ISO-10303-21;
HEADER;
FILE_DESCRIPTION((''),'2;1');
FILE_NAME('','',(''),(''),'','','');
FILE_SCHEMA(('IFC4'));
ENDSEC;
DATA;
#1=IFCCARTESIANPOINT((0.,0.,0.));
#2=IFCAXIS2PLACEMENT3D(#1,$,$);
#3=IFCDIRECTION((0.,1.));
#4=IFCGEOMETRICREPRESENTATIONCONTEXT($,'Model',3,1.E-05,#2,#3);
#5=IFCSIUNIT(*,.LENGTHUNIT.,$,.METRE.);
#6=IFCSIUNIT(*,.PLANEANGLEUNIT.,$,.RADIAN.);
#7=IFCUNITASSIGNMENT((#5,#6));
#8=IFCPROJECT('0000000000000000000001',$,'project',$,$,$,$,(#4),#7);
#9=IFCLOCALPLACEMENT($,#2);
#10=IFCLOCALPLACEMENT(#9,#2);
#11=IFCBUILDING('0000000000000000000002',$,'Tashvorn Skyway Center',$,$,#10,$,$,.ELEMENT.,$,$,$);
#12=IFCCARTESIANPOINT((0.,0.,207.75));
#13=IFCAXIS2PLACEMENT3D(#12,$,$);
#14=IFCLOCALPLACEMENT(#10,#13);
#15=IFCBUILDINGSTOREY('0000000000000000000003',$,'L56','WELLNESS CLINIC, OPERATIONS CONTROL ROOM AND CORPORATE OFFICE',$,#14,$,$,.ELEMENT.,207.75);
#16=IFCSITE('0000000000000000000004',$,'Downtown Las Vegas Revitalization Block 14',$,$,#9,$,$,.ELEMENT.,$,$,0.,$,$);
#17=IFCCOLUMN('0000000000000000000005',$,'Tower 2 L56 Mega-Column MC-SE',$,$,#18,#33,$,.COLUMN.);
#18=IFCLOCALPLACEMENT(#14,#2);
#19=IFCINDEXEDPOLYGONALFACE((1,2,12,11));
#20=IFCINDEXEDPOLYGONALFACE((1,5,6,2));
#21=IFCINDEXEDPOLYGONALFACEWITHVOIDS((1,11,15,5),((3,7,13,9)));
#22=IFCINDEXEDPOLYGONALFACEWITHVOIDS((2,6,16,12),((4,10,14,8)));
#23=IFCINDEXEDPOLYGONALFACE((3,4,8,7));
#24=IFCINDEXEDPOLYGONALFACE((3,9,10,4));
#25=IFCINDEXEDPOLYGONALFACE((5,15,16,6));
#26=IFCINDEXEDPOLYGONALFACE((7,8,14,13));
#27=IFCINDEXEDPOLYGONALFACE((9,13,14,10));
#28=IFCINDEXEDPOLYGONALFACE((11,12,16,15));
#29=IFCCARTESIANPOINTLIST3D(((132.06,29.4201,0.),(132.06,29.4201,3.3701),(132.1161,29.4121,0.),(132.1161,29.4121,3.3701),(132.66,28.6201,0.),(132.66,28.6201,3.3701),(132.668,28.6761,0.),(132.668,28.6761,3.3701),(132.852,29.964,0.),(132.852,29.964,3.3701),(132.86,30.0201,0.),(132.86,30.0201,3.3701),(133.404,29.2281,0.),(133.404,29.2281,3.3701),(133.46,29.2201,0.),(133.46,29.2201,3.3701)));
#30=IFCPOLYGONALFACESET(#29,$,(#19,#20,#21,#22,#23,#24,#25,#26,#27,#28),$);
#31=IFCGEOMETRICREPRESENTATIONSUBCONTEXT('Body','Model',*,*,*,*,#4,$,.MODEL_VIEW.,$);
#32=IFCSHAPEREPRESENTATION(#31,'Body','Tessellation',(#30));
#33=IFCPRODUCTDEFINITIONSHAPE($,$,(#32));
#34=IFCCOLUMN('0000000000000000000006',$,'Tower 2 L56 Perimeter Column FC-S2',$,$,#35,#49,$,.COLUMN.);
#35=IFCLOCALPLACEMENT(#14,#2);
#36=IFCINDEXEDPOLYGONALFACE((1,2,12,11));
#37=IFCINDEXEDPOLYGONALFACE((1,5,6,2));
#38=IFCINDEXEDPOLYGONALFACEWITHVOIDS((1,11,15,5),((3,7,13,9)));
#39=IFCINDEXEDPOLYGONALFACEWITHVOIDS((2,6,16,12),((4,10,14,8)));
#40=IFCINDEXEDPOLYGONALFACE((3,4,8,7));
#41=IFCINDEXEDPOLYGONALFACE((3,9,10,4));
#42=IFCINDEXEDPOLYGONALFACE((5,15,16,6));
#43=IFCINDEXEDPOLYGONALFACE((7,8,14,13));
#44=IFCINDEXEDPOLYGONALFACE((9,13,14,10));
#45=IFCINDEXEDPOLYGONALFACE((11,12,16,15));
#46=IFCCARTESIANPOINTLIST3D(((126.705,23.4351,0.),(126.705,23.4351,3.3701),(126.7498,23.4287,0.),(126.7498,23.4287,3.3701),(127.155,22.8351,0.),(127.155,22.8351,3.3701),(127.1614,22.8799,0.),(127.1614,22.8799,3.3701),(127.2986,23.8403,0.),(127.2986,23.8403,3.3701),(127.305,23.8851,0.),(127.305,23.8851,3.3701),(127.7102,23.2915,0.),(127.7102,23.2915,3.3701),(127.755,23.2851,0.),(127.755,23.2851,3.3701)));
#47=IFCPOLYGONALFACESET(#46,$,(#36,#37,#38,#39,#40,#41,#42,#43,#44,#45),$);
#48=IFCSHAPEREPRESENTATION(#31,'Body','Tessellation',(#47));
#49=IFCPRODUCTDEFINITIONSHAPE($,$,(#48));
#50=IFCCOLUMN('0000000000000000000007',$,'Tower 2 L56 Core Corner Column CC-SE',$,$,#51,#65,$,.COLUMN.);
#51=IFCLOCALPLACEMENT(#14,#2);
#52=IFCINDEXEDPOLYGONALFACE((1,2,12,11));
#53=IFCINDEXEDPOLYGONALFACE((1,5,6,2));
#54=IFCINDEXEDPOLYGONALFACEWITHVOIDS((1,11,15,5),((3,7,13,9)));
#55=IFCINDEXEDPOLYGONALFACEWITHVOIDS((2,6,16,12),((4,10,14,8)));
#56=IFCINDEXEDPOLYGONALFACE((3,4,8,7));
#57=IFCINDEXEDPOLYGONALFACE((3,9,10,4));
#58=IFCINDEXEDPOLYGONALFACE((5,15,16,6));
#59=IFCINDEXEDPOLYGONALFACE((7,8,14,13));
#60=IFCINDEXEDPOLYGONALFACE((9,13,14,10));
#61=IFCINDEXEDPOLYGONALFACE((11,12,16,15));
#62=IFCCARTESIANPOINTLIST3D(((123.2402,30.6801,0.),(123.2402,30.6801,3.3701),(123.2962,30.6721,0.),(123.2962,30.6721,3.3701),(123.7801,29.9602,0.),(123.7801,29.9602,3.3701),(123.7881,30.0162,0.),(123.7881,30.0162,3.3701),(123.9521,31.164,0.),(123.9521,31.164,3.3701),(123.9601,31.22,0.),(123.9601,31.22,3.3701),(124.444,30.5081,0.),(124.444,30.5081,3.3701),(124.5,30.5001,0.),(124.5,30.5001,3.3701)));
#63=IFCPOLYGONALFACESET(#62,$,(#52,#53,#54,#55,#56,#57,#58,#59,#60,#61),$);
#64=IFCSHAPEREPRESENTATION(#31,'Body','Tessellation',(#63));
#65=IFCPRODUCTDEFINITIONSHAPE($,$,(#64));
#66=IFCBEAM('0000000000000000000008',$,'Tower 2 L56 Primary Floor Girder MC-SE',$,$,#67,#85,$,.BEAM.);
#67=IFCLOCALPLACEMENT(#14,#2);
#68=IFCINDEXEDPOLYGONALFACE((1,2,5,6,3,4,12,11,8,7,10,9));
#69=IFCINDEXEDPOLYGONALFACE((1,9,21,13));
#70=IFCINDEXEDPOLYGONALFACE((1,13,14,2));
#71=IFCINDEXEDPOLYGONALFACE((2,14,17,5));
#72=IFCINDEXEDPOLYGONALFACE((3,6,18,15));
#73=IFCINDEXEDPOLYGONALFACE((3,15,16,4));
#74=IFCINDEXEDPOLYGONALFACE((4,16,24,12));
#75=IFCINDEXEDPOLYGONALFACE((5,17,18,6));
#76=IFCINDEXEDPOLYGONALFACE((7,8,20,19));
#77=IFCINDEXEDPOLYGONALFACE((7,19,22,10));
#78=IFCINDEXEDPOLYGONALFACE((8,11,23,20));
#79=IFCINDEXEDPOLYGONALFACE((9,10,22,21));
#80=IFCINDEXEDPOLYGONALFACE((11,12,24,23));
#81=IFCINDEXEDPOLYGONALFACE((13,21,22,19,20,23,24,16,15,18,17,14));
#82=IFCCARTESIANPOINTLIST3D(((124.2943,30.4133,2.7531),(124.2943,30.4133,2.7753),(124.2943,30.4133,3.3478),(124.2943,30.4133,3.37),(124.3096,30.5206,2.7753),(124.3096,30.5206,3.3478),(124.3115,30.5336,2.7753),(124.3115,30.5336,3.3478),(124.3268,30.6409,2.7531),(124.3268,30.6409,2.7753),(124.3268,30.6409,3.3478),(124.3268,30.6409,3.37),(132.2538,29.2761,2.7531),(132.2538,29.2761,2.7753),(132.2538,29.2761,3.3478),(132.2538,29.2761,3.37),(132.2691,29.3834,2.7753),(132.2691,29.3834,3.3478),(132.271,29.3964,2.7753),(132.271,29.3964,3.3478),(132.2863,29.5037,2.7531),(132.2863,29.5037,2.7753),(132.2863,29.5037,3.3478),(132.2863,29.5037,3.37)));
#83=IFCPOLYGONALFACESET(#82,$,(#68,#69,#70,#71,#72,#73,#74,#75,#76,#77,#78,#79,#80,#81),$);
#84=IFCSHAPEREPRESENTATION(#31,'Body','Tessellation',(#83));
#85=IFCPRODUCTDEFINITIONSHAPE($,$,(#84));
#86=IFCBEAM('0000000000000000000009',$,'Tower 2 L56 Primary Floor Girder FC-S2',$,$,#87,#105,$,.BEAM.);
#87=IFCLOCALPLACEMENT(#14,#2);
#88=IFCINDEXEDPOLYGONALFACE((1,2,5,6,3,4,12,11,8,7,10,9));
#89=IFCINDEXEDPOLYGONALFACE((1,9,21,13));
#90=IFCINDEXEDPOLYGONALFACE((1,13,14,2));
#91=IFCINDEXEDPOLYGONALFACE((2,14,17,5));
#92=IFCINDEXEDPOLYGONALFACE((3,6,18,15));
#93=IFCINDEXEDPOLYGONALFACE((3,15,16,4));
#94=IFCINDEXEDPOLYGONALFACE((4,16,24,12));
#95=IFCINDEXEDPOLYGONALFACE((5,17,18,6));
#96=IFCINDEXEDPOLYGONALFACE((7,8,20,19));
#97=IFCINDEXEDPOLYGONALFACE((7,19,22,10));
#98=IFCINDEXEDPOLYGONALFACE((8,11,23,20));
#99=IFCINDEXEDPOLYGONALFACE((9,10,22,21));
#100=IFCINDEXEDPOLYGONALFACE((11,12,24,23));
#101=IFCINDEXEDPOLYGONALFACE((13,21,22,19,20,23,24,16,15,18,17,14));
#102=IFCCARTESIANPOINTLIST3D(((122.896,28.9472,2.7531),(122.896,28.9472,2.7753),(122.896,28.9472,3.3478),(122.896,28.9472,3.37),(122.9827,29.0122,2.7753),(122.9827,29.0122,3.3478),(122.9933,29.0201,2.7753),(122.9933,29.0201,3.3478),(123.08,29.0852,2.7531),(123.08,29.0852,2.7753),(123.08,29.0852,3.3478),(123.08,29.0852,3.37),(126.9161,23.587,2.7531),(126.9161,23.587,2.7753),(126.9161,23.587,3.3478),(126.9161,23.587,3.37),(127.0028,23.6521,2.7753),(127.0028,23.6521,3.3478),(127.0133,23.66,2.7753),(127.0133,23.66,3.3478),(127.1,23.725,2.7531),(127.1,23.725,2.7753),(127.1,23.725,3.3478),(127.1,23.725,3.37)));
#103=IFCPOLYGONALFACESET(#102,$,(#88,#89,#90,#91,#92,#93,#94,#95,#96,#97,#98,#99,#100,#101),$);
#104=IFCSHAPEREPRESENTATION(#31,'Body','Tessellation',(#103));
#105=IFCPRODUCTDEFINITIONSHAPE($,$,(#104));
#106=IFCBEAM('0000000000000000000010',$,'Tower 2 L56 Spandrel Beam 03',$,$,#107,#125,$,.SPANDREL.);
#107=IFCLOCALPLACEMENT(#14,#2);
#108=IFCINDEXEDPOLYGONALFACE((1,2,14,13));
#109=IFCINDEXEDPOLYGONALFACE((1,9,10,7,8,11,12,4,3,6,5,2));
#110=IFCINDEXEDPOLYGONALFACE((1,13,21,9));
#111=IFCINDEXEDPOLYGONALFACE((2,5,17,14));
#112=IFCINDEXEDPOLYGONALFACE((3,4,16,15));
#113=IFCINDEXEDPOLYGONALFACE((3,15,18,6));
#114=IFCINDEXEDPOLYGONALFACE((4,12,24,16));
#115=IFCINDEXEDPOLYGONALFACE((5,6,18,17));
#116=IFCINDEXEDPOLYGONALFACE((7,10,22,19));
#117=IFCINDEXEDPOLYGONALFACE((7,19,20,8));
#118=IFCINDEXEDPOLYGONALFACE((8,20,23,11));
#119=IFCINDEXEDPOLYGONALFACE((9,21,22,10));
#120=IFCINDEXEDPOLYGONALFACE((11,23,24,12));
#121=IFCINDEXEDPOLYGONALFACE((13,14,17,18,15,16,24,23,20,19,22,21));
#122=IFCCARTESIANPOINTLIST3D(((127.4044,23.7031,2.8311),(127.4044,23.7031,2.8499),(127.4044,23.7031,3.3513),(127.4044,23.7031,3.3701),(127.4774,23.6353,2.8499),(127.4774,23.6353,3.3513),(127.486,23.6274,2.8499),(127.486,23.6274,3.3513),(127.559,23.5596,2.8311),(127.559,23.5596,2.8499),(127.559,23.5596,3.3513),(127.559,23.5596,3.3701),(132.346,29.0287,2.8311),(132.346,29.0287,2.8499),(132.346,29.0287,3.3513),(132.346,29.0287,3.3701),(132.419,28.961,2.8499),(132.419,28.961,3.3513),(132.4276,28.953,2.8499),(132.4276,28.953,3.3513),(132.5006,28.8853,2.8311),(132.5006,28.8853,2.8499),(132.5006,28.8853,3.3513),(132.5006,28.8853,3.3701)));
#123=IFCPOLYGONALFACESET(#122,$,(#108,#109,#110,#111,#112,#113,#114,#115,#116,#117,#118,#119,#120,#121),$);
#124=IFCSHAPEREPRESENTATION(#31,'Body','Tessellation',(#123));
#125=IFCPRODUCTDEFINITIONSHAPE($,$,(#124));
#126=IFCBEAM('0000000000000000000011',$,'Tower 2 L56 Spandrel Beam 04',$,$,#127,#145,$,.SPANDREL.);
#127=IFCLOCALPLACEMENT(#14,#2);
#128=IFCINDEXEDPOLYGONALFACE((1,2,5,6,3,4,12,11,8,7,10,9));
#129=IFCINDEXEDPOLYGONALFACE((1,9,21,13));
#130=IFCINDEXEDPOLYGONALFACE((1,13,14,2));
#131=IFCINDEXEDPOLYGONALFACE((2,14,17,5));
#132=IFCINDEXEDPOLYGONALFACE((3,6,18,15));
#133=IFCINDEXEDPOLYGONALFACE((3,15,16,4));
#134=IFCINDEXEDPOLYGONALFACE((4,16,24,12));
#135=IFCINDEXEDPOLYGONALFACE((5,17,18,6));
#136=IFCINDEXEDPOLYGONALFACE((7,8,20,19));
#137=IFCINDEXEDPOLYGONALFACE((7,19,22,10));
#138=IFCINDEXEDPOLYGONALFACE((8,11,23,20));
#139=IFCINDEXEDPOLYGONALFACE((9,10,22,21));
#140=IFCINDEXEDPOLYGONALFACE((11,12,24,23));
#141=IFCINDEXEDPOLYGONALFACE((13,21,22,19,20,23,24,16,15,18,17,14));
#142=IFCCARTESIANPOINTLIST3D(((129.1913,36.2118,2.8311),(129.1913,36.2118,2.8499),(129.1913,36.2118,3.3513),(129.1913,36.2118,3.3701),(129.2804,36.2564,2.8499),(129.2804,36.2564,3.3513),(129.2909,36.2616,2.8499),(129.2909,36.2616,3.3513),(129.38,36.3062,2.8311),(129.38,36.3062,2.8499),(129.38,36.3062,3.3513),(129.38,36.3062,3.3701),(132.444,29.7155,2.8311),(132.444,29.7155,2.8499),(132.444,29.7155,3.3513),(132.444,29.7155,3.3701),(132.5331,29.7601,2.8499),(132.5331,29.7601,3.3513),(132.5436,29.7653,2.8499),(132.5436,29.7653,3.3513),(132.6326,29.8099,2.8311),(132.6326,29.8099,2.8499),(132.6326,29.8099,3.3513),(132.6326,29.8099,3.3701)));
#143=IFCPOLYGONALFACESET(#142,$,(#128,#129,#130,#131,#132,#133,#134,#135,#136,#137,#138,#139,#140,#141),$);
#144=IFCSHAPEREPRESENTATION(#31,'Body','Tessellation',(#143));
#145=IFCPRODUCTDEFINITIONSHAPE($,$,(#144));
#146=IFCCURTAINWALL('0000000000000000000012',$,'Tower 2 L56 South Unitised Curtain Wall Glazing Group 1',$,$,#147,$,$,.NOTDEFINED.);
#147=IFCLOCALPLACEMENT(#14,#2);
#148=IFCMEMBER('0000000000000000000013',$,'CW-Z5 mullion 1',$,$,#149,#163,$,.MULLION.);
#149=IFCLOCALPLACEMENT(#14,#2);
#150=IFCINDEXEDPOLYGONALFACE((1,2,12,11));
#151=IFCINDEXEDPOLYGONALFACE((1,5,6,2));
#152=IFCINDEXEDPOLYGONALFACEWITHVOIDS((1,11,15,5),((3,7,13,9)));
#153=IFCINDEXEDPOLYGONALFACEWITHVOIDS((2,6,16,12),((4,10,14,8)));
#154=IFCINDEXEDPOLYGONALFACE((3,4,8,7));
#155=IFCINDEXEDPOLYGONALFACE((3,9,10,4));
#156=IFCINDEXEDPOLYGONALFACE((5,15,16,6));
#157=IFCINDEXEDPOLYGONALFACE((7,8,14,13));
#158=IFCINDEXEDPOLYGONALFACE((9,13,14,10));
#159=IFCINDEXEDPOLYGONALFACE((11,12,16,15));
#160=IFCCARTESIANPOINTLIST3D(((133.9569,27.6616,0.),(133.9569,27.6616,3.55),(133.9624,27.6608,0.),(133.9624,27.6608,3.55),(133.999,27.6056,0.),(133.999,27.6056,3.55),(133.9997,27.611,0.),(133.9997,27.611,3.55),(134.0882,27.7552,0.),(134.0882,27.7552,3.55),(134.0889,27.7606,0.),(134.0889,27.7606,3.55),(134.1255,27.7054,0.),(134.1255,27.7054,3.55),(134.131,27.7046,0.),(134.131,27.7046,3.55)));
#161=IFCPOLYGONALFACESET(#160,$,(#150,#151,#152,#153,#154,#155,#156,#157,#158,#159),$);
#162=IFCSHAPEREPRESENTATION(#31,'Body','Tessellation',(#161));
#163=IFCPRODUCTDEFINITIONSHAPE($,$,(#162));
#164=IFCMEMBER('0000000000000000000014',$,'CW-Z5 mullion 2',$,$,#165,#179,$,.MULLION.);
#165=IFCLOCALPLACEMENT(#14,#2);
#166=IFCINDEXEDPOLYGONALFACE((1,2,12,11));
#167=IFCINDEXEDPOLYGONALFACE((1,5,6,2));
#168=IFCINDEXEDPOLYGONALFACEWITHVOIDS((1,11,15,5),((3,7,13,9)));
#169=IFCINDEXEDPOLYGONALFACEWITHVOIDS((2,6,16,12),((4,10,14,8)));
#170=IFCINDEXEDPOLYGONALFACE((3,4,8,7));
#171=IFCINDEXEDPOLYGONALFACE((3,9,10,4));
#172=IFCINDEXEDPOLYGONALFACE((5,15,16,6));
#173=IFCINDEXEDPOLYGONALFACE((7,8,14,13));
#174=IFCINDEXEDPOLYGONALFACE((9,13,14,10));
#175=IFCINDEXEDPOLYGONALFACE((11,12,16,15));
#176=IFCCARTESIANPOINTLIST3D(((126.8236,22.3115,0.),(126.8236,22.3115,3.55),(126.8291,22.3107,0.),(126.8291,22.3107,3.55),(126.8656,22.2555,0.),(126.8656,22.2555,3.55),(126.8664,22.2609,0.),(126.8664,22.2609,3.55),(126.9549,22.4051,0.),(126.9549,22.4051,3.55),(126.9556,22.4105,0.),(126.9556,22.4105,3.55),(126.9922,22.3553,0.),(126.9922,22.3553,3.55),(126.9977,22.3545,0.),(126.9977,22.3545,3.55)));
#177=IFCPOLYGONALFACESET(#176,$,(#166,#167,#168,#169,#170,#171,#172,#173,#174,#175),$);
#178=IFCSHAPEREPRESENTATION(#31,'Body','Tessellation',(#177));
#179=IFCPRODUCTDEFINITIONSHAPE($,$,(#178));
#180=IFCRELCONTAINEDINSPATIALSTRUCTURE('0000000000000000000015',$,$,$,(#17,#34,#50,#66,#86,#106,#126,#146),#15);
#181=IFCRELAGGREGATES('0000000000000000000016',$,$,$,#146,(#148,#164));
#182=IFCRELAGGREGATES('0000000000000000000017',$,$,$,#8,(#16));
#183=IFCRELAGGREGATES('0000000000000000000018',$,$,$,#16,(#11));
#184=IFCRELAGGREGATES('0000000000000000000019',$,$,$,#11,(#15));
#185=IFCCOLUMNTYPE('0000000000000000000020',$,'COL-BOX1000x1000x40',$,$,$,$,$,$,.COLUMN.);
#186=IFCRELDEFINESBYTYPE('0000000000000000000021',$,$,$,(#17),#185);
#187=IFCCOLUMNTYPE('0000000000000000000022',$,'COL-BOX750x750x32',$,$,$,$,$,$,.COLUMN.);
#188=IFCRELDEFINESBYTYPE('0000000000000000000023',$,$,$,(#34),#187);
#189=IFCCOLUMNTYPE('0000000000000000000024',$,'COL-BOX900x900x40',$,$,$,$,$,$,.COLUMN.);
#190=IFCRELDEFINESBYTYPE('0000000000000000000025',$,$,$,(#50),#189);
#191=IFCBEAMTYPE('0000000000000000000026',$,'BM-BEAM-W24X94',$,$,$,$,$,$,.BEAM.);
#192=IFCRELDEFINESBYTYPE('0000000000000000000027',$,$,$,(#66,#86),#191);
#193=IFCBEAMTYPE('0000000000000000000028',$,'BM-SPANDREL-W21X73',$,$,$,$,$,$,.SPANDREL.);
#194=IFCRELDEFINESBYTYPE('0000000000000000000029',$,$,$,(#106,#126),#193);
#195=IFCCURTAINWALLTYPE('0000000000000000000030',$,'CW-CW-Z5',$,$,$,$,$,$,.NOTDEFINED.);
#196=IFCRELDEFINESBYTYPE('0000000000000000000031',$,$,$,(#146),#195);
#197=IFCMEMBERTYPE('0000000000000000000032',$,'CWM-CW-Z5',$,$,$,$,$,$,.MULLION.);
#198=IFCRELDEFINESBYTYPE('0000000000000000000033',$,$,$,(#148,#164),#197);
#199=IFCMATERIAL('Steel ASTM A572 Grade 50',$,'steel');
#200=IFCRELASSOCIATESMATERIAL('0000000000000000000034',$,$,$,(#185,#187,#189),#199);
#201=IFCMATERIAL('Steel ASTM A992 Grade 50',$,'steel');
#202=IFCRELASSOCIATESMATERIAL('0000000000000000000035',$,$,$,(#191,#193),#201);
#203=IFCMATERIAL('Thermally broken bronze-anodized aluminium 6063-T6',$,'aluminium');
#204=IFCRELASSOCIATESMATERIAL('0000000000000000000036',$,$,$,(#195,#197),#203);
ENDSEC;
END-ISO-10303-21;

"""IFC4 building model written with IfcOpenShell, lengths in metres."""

from ifc_helpers import new_model, si_unit, direction, frame, origin, origin_2d, place, context, subcontext, project, spatial, hollow_rectangle, i_section, extrude, material, material_profile, profile_set, type_object, element, aggregate, save


model = new_model("IFC4")

# Units and contexts
model_context = context("Model", 3, precision=1e-05, world=origin(), true_north=direction((0.0, 1.0)))
body_context = subcontext(model_context, "Body", "Model", "MODEL_VIEW")
ifc_project = project(units=[si_unit("LENGTHUNIT", "METRE"), si_unit("PLANEANGLEUNIT", "RADIAN")], contexts=[model_context])

# Site, building, storey
site_placement = place(None, origin())
site = spatial("IfcSite", under=ifc_project, at=site_placement, Name="Downtown Las Vegas Revitalization Block 14", CompositionType="ELEMENT", RefElevation=0.0)
building_placement = place(site_placement, origin())
building = spatial("IfcBuilding", under=site, at=building_placement, Name="Tashvorn Skyway Center", CompositionType="ELEMENT")
storey_placement = place(building_placement, frame((0.0, 0.0, 207.75)))
storey = spatial("IfcBuildingStorey", under=building, at=storey_placement, Name="L56", Description="WELLNESS CLINIC, OPERATIONS CONTROL ROOM AND CORPORATE OFFICE", CompositionType="ELEMENT", Elevation=207.75)

# Columns
ifc_material_1 = material(Name="Steel ASTM A572 Grade 50", Category="steel")
ifc_material_profile_1 = material_profile(ifc_material_1, hollow_rectangle(XDim=1.0, YDim=1.0, WallThickness=0.04, at=origin_2d()), Name="BOX1000x1000x40")
ifc_profile_set_1 = profile_set([ifc_material_profile_1], Name="Steel ASTM A572 Grade 50")
column_type_1 = type_object("IfcColumnType", Name="COL-BOX1000x1000x40", PredefinedType="COLUMN", material=ifc_profile_set_1)
column_1_placement = place(storey_placement, frame((132.76, 29.3201, 0.0), z_axis=(0.0, 0.0, 1.0), x_axis=(0.8, 0.6, 0.0)))
element("IfcColumn", 1, at=column_1_placement, inside=storey, type_object=column_type_1, Name="Tower 2 L56 Mega-Column MC-SE", PredefinedType="COLUMN", context=body_context, shape_type="SweptSolid", body=[
    extrude(hollow_rectangle(XDim=1.0, YDim=1.0, WallThickness=0.04, at=origin_2d()), origin(), (0.0, 0.0, 1.0), 3.3701),
])
ifc_material_profile_2 = material_profile(ifc_material_1, hollow_rectangle(XDim=0.75, YDim=0.75, WallThickness=0.032, at=origin_2d()), Name="BOX750x750x32")
ifc_profile_set_2 = profile_set([ifc_material_profile_2], Name="Steel ASTM A572 Grade 50")
column_type_2 = type_object("IfcColumnType", Name="COL-BOX750x750x32", PredefinedType="COLUMN", material=ifc_profile_set_2)
column_2_placement = place(storey_placement, frame((127.23, 23.3601, 0.0), z_axis=(0.0, 0.0, 1.0), x_axis=(0.8, 0.6, 0.0)))
element("IfcColumn", 2, at=column_2_placement, inside=storey, type_object=column_type_2, Name="Tower 2 L56 Perimeter Column FC-S2", PredefinedType="COLUMN", context=body_context, shape_type="SweptSolid", body=[
    extrude(hollow_rectangle(XDim=0.75, YDim=0.75, WallThickness=0.032, at=origin_2d()), origin(), (0.0, 0.0, 1.0), 3.3701),
])
ifc_material_profile_3 = material_profile(ifc_material_1, hollow_rectangle(XDim=0.8999, YDim=0.8999, WallThickness=0.04, at=origin_2d()), Name="BOX900x900x40")
ifc_profile_set_3 = profile_set([ifc_material_profile_3], Name="Steel ASTM A572 Grade 50")
column_type_3 = type_object("IfcColumnType", Name="COL-BOX900x900x40", PredefinedType="COLUMN", material=ifc_profile_set_3)
column_3_placement = place(storey_placement, frame((123.8701, 30.5901, 0.0), z_axis=(0.0, 0.0, 1.0), x_axis=(0.8, 0.6, 0.0)))
element("IfcColumn", 3, at=column_3_placement, inside=storey, type_object=column_type_3, Name="Tower 2 L56 Core Corner Column CC-SE", PredefinedType="COLUMN", context=body_context, shape_type="SweptSolid", body=[
    extrude(hollow_rectangle(XDim=0.8999, YDim=0.8999, WallThickness=0.04, at=origin_2d()), origin(), (0.0, 0.0, 1.0), 3.3701),
])

# Beams
ifc_material_2 = material(Name="Steel ASTM A992 Grade 50", Category="steel")
ifc_material_profile_4 = material_profile(ifc_material_2, i_section(OverallWidth=0.23, OverallDepth=0.6169, WebThickness=0.0132, FlangeThickness=0.0222, at=origin_2d()), Name="W24X94")
ifc_profile_set_4 = profile_set([ifc_material_profile_4], Name="Steel ASTM A992 Grade 50")
beam_type_1 = type_object("IfcBeamType", Name="BM-BEAM-W24X94", PredefinedType="BEAM", material=ifc_profile_set_4)
beam_1_placement = place(storey_placement, frame((132.27, 29.3899, 3.0615), z_axis=(-0.989947, 0.141438, 0.0), x_axis=(-0.141438, -0.989947, 0.0)))
element("IfcBeam", 4, at=beam_1_placement, inside=storey, type_object=beam_type_1, Name="Tower 2 L56 Primary Floor Girder MC-SE", PredefinedType="BEAM", context=body_context, shape_type="SweptSolid", body=[
    extrude(i_section(OverallWidth=0.23, OverallDepth=0.6169, WebThickness=0.0132, FlangeThickness=0.0222, at=origin_2d()), origin(), (0.0, 0.0, 1.0), 8.0403),
])
beam_2_placement = place(storey_placement, frame((127.0081, 23.656, 3.0615), z_axis=(-0.599994, 0.800004, 0.0), x_axis=(-0.800004, -0.599994, 0.0)))
element("IfcBeam", 5, at=beam_2_placement, inside=storey, type_object=beam_type_1, Name="Tower 2 L56 Primary Floor Girder FC-S2", PredefinedType="BEAM", context=body_context, shape_type="SweptSolid", body=[
    extrude(i_section(OverallWidth=0.23, OverallDepth=0.6169, WebThickness=0.0132, FlangeThickness=0.0222, at=origin_2d()), origin(), (0.0, 0.0, 1.0), 6.7002),
])
ifc_material_profile_5 = material_profile(ifc_material_2, i_section(OverallWidth=0.2109, OverallDepth=0.5391, WebThickness=0.0117, FlangeThickness=0.0188, at=origin_2d()), Name="W21X73")
ifc_profile_set_5 = profile_set([ifc_material_profile_5], Name="Steel ASTM A992 Grade 50")
beam_type_2 = type_object("IfcBeamType", Name="BM-SPANDREL-W21X73", PredefinedType="SPANDREL", material=ifc_profile_set_5)
for number, where, z_axis, x_axis, name in (
    (6, (127.4817, 23.6313, 3.1006), (0.680183, 0.733042, 0.0), (-0.733042, 0.680183, 0.0), "Tower 2 L56 Spandrel Beam 03"),
    (7, (132.5383, 29.7627, 3.1006), (-0.447711, 0.894178, 0.0), (-0.894178, -0.447711, 0.0), "Tower 2 L56 Spandrel Beam 04"),
):
    element("IfcBeam", number, at=place(storey_placement, frame(where, z_axis=z_axis, x_axis=x_axis)), inside=storey, type_object=beam_type_2, Name=name, PredefinedType="SPANDREL", context=body_context, shape_type="SweptSolid", body=[
        extrude(i_section(OverallWidth=0.2109, OverallDepth=0.5391, WebThickness=0.0117, FlangeThickness=0.0188, at=origin_2d()), origin(), (0.0, 0.0, 1.0), 7.2651),
    ])

# Curtain wall, members
ifc_material_3 = material(Name="Thermally broken bronze-anodized aluminium 6063-T6", Category="aluminium")
curtain_wall_type = type_object("IfcCurtainWallType", Name="CW-CW-Z5", PredefinedType="NOTDEFINED", material=ifc_material_3)
curtain_wall_1_placement = place(storey_placement, origin())
curtain_wall_1 = element("IfcCurtainWall", 8, at=curtain_wall_1_placement, inside=storey, type_object=curtain_wall_type, Name="Tower 2 L56 South Unitised Curtain Wall Glazing Group 1", PredefinedType="NOTDEFINED")
ifc_material_profile_6 = material_profile(ifc_material_3, hollow_rectangle(XDim=0.0701, YDim=0.165, WallThickness=0.0039, at=origin_2d()), Name="ALU-MULL-70x165")
ifc_profile_set_6 = profile_set([ifc_material_profile_6], Name="Thermally broken bronze-anodized aluminium 6063-T6")
member_type_1 = type_object("IfcMemberType", Name="CWM-CW-Z5", PredefinedType="MULLION", material=ifc_profile_set_6)
member_1_placement = place(storey_placement, frame((134.0439, 27.6831, 0.0), z_axis=(0.0, 0.0, 1.0), x_axis=(0.600002, -0.799999, 0.0)))
member_1 = element("IfcMember", 9, at=member_1_placement, type_object=member_type_1, Name="CW-Z5 mullion 1", PredefinedType="MULLION", context=body_context, shape_type="SweptSolid", body=[
    extrude(hollow_rectangle(XDim=0.0701, YDim=0.165, WallThickness=0.0039, at=origin_2d()), origin(), (0.0, 0.0, 1.0), 3.55),
])
member_2_placement = place(storey_placement, frame((126.9106, 22.333, 0.0), z_axis=(0.0, 0.0, 1.0), x_axis=(0.600002, -0.799999, 0.0)))
member_2 = element("IfcMember", 10, at=member_2_placement, type_object=member_type_1, Name="CW-Z5 mullion 2", PredefinedType="MULLION", context=body_context, shape_type="SweptSolid", body=[
    extrude(hollow_rectangle(XDim=0.0701, YDim=0.165, WallThickness=0.0039, at=origin_2d()), origin(), (0.0, 0.0, 1.0), 3.55),
])

aggregate(curtain_wall_1, [member_1, member_2])

save(model, "model.ifc")
